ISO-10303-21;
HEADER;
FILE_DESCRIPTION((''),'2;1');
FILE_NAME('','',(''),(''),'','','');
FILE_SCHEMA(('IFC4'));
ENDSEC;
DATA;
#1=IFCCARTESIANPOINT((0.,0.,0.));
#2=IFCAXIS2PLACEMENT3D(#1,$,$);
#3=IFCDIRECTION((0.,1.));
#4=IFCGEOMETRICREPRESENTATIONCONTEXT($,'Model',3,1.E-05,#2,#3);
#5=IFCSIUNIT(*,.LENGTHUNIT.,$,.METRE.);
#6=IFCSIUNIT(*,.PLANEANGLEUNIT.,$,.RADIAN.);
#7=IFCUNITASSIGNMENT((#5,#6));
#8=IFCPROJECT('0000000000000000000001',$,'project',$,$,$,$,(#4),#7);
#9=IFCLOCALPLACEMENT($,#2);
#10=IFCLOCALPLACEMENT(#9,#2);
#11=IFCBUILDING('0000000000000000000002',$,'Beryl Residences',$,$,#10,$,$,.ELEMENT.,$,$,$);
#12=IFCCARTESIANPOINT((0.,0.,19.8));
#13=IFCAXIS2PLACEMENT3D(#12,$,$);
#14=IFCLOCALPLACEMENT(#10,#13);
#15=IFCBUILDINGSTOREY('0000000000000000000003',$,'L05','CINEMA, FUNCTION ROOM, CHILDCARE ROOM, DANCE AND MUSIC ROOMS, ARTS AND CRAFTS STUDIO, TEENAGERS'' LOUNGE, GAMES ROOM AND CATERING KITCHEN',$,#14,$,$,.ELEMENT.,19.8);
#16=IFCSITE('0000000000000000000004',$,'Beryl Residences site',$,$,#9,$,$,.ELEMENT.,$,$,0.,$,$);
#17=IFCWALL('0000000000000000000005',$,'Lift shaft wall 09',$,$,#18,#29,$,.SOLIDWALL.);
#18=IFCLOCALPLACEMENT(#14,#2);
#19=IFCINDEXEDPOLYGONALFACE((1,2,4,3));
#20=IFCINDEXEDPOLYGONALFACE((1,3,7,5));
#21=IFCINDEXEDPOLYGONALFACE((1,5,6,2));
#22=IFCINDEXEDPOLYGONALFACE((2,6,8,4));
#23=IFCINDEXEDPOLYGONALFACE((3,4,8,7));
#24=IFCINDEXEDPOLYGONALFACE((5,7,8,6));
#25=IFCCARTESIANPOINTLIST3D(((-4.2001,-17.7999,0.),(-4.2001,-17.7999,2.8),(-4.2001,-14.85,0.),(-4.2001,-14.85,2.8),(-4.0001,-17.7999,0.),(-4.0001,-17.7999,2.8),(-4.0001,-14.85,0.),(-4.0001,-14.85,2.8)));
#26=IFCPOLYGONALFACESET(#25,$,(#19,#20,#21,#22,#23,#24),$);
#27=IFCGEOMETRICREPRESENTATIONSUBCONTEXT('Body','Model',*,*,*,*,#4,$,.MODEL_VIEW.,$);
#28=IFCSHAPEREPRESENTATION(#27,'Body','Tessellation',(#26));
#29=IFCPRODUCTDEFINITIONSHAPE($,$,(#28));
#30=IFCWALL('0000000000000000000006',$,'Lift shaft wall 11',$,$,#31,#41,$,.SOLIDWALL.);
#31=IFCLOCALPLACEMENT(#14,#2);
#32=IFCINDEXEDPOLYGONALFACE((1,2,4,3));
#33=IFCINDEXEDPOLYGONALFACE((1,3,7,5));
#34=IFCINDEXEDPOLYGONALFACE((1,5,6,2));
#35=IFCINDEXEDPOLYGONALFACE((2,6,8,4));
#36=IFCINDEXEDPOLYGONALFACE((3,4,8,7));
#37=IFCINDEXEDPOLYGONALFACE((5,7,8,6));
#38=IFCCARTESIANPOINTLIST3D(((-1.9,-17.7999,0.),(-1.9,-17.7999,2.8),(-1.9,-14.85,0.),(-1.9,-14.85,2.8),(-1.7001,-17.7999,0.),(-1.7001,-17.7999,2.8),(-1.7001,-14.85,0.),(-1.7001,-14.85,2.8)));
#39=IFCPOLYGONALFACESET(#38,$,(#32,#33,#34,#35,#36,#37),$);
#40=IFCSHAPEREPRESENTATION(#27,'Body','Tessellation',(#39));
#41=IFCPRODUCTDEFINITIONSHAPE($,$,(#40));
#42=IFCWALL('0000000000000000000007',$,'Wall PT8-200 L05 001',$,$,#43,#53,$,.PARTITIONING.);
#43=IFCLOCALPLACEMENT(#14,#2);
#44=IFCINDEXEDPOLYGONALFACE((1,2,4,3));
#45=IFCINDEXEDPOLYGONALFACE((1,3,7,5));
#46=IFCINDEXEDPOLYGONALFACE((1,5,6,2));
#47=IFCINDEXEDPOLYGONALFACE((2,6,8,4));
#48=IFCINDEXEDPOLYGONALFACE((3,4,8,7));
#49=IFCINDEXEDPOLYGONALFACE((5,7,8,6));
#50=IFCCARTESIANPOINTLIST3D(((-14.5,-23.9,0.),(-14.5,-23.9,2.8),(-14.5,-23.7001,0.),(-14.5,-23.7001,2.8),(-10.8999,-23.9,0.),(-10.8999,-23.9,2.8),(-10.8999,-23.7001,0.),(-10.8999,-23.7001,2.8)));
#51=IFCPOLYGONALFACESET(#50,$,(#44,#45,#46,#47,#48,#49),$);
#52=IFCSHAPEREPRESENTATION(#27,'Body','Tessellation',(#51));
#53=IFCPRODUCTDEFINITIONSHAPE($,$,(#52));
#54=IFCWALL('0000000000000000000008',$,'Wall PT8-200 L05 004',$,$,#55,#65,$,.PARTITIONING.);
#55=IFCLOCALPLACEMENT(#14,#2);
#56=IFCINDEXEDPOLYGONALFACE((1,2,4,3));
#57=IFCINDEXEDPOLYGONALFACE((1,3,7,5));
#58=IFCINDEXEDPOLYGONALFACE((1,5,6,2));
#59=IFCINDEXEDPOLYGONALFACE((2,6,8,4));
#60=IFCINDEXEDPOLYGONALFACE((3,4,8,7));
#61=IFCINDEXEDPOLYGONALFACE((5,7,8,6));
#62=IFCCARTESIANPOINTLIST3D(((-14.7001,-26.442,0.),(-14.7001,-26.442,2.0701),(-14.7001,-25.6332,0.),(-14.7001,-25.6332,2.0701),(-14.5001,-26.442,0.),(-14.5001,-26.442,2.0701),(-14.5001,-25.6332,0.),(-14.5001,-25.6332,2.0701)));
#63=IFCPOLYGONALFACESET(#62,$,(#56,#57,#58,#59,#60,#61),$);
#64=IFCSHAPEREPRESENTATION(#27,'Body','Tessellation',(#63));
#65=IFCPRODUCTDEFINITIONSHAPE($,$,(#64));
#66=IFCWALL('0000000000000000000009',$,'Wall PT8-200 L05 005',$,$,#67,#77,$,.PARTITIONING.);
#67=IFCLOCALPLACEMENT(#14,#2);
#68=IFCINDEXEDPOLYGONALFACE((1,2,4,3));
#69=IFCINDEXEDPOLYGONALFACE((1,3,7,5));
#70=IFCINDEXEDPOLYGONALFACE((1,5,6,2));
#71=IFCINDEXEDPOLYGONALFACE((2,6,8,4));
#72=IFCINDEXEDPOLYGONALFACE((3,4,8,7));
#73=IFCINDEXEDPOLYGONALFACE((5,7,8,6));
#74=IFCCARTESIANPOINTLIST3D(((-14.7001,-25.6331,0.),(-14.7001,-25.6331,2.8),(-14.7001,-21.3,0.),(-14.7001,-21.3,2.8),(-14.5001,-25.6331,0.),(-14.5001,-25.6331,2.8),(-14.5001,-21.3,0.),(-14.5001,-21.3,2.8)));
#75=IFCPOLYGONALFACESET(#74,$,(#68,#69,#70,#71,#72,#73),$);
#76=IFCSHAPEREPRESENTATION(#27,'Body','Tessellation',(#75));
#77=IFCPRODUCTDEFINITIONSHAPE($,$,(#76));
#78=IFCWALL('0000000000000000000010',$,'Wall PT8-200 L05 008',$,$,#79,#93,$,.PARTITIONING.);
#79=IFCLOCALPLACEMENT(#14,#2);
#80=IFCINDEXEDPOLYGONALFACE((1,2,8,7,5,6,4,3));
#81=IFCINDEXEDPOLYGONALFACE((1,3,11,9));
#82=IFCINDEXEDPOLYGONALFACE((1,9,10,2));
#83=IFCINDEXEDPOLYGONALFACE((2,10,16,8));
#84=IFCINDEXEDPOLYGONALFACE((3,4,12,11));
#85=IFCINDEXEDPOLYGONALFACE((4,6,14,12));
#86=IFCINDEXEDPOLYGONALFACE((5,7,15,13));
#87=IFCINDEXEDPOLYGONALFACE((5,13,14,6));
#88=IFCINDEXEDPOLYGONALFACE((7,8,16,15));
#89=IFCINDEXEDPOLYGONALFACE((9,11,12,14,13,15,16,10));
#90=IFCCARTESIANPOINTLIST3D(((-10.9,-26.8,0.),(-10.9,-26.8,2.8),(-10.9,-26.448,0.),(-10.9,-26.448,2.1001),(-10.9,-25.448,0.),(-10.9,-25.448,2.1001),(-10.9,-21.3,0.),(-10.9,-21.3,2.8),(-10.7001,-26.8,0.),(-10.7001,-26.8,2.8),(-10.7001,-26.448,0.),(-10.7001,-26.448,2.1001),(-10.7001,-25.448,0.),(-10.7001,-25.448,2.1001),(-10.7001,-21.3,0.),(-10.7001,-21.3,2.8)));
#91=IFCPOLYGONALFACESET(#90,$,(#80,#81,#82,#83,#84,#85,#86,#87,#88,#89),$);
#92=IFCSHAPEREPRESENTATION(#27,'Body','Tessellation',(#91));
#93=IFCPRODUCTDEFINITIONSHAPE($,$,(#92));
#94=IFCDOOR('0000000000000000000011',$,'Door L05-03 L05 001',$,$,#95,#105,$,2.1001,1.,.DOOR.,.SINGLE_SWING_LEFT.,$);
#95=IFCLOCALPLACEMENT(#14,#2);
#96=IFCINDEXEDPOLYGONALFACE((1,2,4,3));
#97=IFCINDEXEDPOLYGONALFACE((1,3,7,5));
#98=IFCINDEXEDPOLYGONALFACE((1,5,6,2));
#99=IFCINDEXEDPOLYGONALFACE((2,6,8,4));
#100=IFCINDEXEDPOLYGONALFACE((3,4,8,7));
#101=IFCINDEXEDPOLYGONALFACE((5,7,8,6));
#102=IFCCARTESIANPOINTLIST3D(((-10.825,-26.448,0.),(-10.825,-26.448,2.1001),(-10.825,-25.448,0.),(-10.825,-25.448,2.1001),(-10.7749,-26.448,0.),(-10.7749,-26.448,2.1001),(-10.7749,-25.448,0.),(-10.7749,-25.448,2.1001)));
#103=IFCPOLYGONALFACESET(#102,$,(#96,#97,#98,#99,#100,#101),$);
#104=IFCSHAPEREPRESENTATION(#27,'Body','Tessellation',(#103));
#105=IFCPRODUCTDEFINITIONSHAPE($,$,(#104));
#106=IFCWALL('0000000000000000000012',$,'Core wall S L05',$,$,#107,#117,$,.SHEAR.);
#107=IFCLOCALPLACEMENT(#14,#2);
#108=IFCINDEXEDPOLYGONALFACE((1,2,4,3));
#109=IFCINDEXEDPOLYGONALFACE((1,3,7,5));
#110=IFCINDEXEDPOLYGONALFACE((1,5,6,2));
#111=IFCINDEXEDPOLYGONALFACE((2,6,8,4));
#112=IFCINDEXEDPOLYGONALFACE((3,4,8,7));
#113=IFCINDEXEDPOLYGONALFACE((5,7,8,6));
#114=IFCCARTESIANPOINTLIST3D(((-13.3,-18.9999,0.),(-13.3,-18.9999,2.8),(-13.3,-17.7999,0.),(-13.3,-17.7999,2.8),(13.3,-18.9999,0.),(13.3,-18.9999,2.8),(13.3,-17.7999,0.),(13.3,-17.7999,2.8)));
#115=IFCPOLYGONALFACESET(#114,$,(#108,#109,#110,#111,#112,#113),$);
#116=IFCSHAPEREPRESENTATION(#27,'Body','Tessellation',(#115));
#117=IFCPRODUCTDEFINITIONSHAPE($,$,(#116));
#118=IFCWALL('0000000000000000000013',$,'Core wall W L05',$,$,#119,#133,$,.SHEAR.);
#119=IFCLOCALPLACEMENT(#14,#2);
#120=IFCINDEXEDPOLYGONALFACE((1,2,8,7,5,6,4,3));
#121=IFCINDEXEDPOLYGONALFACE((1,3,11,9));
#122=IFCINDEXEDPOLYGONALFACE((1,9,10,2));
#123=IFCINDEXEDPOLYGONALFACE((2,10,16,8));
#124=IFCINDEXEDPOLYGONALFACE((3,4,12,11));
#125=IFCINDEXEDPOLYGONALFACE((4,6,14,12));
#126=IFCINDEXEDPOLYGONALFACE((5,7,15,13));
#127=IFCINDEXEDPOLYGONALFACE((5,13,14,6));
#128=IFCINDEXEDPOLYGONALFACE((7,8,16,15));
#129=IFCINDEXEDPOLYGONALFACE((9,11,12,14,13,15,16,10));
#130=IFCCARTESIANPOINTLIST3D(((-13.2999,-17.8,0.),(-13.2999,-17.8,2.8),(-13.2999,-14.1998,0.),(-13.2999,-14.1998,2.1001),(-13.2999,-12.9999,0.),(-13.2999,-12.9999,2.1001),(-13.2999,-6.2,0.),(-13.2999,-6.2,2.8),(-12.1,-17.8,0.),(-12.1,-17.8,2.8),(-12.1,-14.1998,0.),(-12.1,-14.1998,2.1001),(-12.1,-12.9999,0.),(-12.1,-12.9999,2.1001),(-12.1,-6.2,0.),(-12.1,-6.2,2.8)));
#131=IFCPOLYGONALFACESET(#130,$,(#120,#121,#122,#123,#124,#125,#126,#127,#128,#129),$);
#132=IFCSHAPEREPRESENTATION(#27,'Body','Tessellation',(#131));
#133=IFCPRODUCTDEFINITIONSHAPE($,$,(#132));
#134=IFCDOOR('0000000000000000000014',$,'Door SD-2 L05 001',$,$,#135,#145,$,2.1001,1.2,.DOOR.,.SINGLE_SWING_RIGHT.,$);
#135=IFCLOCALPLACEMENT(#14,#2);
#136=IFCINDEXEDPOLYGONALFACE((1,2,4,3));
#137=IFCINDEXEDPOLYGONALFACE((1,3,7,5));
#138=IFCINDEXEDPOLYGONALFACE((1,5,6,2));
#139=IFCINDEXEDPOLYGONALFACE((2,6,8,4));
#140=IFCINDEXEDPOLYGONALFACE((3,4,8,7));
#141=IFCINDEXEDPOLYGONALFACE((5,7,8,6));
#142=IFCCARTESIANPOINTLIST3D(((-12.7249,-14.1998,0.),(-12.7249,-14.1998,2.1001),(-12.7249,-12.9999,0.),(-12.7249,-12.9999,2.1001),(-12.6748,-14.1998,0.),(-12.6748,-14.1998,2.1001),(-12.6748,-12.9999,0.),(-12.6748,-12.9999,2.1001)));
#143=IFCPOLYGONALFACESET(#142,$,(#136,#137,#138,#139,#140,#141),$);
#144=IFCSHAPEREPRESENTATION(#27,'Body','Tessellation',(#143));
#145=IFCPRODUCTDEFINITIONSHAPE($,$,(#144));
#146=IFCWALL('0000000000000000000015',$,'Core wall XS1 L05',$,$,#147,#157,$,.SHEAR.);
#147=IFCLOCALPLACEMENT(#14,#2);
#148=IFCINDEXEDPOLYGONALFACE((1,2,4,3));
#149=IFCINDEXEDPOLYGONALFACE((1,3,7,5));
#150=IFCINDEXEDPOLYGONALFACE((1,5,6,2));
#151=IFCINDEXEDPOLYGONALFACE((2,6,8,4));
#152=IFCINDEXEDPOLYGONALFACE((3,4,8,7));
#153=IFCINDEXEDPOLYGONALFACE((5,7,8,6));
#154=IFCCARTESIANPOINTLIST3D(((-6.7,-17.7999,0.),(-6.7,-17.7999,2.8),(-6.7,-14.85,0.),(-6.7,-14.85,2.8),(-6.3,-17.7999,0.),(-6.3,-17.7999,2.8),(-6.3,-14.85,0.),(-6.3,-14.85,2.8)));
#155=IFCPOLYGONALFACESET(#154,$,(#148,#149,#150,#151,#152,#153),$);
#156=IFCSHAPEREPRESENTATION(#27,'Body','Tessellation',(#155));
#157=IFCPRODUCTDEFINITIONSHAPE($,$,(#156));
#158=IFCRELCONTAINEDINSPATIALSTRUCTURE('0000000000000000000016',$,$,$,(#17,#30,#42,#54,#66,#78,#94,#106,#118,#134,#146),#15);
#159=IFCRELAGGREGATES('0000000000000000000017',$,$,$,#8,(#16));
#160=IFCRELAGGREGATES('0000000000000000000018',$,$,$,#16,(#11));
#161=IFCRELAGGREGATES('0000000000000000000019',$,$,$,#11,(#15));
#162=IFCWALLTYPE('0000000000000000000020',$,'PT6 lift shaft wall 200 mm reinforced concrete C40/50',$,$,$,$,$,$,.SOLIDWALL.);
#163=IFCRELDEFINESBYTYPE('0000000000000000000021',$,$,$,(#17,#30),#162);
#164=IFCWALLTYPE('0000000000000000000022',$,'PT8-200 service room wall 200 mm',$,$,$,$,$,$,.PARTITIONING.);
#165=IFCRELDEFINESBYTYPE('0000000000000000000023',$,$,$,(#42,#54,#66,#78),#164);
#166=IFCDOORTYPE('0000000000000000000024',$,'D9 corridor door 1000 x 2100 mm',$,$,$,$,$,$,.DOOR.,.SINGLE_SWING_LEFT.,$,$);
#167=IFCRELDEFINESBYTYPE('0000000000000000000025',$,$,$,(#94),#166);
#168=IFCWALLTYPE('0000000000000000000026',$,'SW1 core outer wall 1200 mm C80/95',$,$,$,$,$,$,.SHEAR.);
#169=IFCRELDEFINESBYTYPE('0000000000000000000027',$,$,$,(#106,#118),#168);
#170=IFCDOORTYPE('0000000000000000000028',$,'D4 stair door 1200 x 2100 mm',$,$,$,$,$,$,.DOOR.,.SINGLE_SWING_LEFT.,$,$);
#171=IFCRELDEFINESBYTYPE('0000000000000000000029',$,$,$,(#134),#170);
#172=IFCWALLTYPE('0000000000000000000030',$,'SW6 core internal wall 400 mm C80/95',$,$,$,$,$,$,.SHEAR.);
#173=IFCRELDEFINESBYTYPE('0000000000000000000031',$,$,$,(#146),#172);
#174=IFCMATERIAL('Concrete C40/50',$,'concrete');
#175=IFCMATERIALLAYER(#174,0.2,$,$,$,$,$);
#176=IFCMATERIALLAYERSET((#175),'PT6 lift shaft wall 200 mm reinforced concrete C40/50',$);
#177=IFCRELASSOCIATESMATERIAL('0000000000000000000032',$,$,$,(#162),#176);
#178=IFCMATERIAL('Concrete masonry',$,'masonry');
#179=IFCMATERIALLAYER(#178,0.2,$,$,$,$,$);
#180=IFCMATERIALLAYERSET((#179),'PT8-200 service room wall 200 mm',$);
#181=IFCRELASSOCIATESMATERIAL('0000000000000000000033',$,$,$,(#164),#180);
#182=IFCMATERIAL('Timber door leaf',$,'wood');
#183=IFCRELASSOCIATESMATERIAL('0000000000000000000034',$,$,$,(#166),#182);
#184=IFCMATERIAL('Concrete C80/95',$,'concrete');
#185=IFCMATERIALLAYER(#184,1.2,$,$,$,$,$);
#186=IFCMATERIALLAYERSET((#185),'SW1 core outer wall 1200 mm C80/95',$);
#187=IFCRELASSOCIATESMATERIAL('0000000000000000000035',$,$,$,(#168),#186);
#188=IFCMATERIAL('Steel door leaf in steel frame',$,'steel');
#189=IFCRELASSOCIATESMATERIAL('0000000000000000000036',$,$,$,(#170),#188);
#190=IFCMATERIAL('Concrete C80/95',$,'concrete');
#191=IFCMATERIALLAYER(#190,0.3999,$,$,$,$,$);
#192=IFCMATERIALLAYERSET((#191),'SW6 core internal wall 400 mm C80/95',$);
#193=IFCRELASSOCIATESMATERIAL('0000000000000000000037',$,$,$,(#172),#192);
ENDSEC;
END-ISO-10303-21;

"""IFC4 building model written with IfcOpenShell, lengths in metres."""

from ifc_helpers import new_model, si_unit, direction, frame, frame_2d, origin, place, context, subcontext, project, spatial, rectangle, extrude, material, layer, layer_set, type_object, element, fill, save


model = new_model("IFC4")

# Units and contexts
model_context = context("Model", 3, precision=1e-05, world=origin(), true_north=direction((0.0, 1.0)))
body_context = subcontext(model_context, "Body", "Model", "MODEL_VIEW")
ifc_project = project(units=[si_unit("LENGTHUNIT", "METRE"), si_unit("PLANEANGLEUNIT", "RADIAN")], contexts=[model_context])

# Site, building, storey
site_placement = place(None, origin())
site = spatial("IfcSite", under=ifc_project, at=site_placement, Name="Beryl Residences site", CompositionType="ELEMENT", RefElevation=0.0)
building_placement = place(site_placement, origin())
building = spatial("IfcBuilding", under=site, at=building_placement, Name="Beryl Residences", CompositionType="ELEMENT")
storey_placement = place(building_placement, frame((0.0, 0.0, 19.8)))
storey = spatial("IfcBuildingStorey", under=building, at=storey_placement, Name="L05", Description="CINEMA, FUNCTION ROOM, CHILDCARE ROOM, DANCE AND MUSIC ROOMS, ARTS AND CRAFTS STUDIO, TEENAGERS' LOUNGE, GAMES ROOM AND CATERING KITCHEN", CompositionType="ELEMENT", Elevation=19.8)

# Walls
ifc_material_1 = material(Name="Concrete C40/50", Category="concrete")
ifc_layer_1 = layer(ifc_material_1, 0.2)
ifc_layer_set_1 = layer_set([ifc_layer_1], Name="PT6 lift shaft wall 200 mm reinforced concrete C40/50")
wall_type_1 = type_object("IfcWallType", Name="PT6 lift shaft wall 200 mm reinforced concrete C40/50", PredefinedType="SOLIDWALL", material=ifc_layer_set_1)
for number, where, z_axis, x_axis, name in (
    (1, (-4.1001, -17.8, 0.0), (0.0, 0.0, 1.0), (0.0, 1.0, 0.0), "Lift shaft wall 09"),
    (2, (-1.8, -17.8, 0.0), (0.0, 0.0, 1.0), (0.0, 1.0, 0.0), "Lift shaft wall 11"),
):
    element("IfcWall", number, at=place(storey_placement, frame(where, z_axis=z_axis, x_axis=x_axis)), inside=storey, type_object=wall_type_1, Name=name, PredefinedType="SOLIDWALL", context=body_context, shape_type="SweptSolid", body=[
        extrude(rectangle(XDim=2.95, YDim=0.2, at=frame_2d((1.4751, 0.0))), origin(), (0.0, 0.0, 1.0), 2.8),
    ])
ifc_material_2 = material(Name="Concrete masonry", Category="masonry")
ifc_layer_2 = layer(ifc_material_2, 0.2)
ifc_layer_set_2 = layer_set([ifc_layer_2], Name="PT8-200 service room wall 200 mm")
wall_type_2 = type_object("IfcWallType", Name="PT8-200 service room wall 200 mm", PredefinedType="PARTITIONING", material=ifc_layer_set_2)
wall_1_placement = place(storey_placement, frame((-14.5, -23.8, 0.0), z_axis=(0.0, 0.0, 1.0), x_axis=(1.0, 0.0, 0.0)))
element("IfcWall", 3, at=wall_1_placement, inside=storey, type_object=wall_type_2, Name="Wall PT8-200 L05 001", PredefinedType="PARTITIONING", context=body_context, shape_type="SweptSolid", body=[
    extrude(rectangle(XDim=3.6001, YDim=0.2, at=frame_2d((1.8, 0.0))), origin(), (0.0, 0.0, 1.0), 2.8),
])
wall_2_placement = place(storey_placement, frame((-14.6001, -26.4419, 0.0), z_axis=(0.0, 0.0, 1.0), x_axis=(0.0, 1.0, 0.0)))
element("IfcWall", 4, at=wall_2_placement, inside=storey, type_object=wall_type_2, Name="Wall PT8-200 L05 004", PredefinedType="PARTITIONING", context=body_context, shape_type="SweptSolid", body=[
    extrude(rectangle(XDim=0.8088, YDim=0.2, at=frame_2d((0.4043, 0.0))), origin(), (0.0, 0.0, 1.0), 2.0701),
])
wall_3_placement = place(storey_placement, frame((-14.6001, -25.6331, 0.0), z_axis=(0.0, 0.0, 1.0), x_axis=(0.0, 1.0, 0.0)))
element("IfcWall", 5, at=wall_3_placement, inside=storey, type_object=wall_type_2, Name="Wall PT8-200 L05 005", PredefinedType="PARTITIONING", context=body_context, shape_type="SweptSolid", body=[
    extrude(rectangle(XDim=4.333, YDim=0.2, at=frame_2d((2.1665, 0.0))), origin(), (0.0, 0.0, 1.0), 2.8),
])

# Wall, opening, door
wall_4_placement = place(storey_placement, frame((-10.8, -26.8, 0.0), z_axis=(0.0, 0.0, 1.0), x_axis=(0.0, 1.0, 0.0)))
wall_4 = element("IfcWall", 6, at=wall_4_placement, inside=storey, type_object=wall_type_2, Name="Wall PT8-200 L05 008", PredefinedType="PARTITIONING", context=body_context, shape_type="SweptSolid", body=[
    extrude(rectangle(XDim=5.5, YDim=0.2, at=frame_2d((2.75, 0.0))), origin(), (0.0, 0.0, 1.0), 2.8),
])
opening_1_placement = place(wall_4_placement, frame((0.3521, 0.0, 0.0)))
opening_1 = element("IfcOpeningElement", 7, at=opening_1_placement, cuts=wall_4, PredefinedType="OPENING", context=body_context, shape_type="SweptSolid", body=[
    extrude(rectangle(XDim=1.0, YDim=2.1001, at=frame_2d((0.5, 1.05))), frame((0.0, 0.1099, 0.0), z_axis=(0.0, -1.0, 0.0), x_axis=(1.0, 0.0, 0.0)), (0.0, 0.0, 1.0), 0.22),
])
ifc_material_3 = material(Name="Timber door leaf", Category="wood")
door_type_1 = type_object("IfcDoorType", Name="D9 corridor door 1000 x 2100 mm", OperationType="SINGLE_SWING_LEFT", PredefinedType="DOOR", material=ifc_material_3)
door_1_placement = place(opening_1_placement, origin())
door_1 = element("IfcDoor", 8, at=door_1_placement, inside=storey, type_object=door_type_1, Name="Door L05-03 L05 001", OperationType="SINGLE_SWING_LEFT", OverallHeight=2.1001, OverallWidth=1.0, PredefinedType="DOOR", context=body_context, shape_type="SweptSolid", body=[
    extrude(rectangle(XDim=1.0, YDim=2.1001, at=frame_2d((0.5, 1.05))), frame((0.0, 0.0249, 0.0), z_axis=(0.0, -1.0, 0.0), x_axis=(1.0, 0.0, 0.0)), (0.0, 0.0, 1.0), 0.05),
])
fill(opening_1, door_1)

# Wall
ifc_material_4 = material(Name="Concrete C80/95", Category="concrete")
ifc_layer_3 = layer(ifc_material_4, 1.2)
ifc_layer_set_3 = layer_set([ifc_layer_3], Name="SW1 core outer wall 1200 mm C80/95")
wall_type_3 = type_object("IfcWallType", Name="SW1 core outer wall 1200 mm C80/95", PredefinedType="SHEAR", material=ifc_layer_set_3)
wall_5_placement = place(storey_placement, frame((-13.3, -18.3999, 0.0), z_axis=(0.0, 0.0, 1.0), x_axis=(1.0, 0.0, 0.0)))
element("IfcWall", 9, at=wall_5_placement, inside=storey, type_object=wall_type_3, Name="Core wall S L05", PredefinedType="SHEAR", context=body_context, shape_type="SweptSolid", body=[
    extrude(rectangle(XDim=26.6001, YDim=1.2, at=frame_2d((13.3, 0.0))), origin(), (0.0, 0.0, 1.0), 2.8),
])

# Wall, opening, door
wall_6_placement = place(storey_placement, frame((-12.7, -17.8, 0.0), z_axis=(0.0, 0.0, 1.0), x_axis=(0.0, 1.0, 0.0)))
wall_6 = element("IfcWall", 10, at=wall_6_placement, inside=storey, type_object=wall_type_3, Name="Core wall W L05", PredefinedType="SHEAR", context=body_context, shape_type="SweptSolid", body=[
    extrude(rectangle(XDim=11.6001, YDim=1.2, at=frame_2d((5.8, 0.0))), origin(), (0.0, 0.0, 1.0), 2.8),
])
opening_2_placement = place(wall_6_placement, frame((3.6001, 0.0, 0.0)))
opening_2 = element("IfcOpeningElement", 11, at=opening_2_placement, cuts=wall_6, PredefinedType="OPENING", context=body_context, shape_type="SweptSolid", body=[
    extrude(rectangle(XDim=1.2, YDim=2.1001, at=frame_2d((0.6001, 1.05))), frame((0.0, 0.6099, 0.0), z_axis=(0.0, -1.0, 0.0), x_axis=(1.0, 0.0, 0.0)), (0.0, 0.0, 1.0), 1.22),
])
ifc_material_5 = material(Name="Steel door leaf in steel frame", Category="steel")
door_type_2 = type_object("IfcDoorType", Name="D4 stair door 1200 x 2100 mm", OperationType="SINGLE_SWING_LEFT", PredefinedType="DOOR", material=ifc_material_5)
door_2_placement = place(opening_2_placement, origin())
door_2 = element("IfcDoor", 12, at=door_2_placement, inside=storey, type_object=door_type_2, Name="Door SD-2 L05 001", OperationType="SINGLE_SWING_RIGHT", OverallHeight=2.1001, OverallWidth=1.2, PredefinedType="DOOR", context=body_context, shape_type="SweptSolid", body=[
    extrude(rectangle(XDim=1.2, YDim=2.1001, at=frame_2d((0.6001, 1.05))), frame((0.0, 0.0249, 0.0), z_axis=(0.0, -1.0, 0.0), x_axis=(1.0, 0.0, 0.0)), (0.0, 0.0, 1.0), 0.05),
])
fill(opening_2, door_2)

# Wall
ifc_material_6 = material(Name="Concrete C80/95", Category="concrete")
ifc_layer_4 = layer(ifc_material_6, 0.3999)
ifc_layer_set_4 = layer_set([ifc_layer_4], Name="SW6 core internal wall 400 mm C80/95")
wall_type_4 = type_object("IfcWallType", Name="SW6 core internal wall 400 mm C80/95", PredefinedType="SHEAR", material=ifc_layer_set_4)
wall_7_placement = place(storey_placement, frame((-6.5, -17.8, 0.0), z_axis=(0.0, 0.0, 1.0), x_axis=(0.0, 1.0, 0.0)))
element("IfcWall", 13, at=wall_7_placement, inside=storey, type_object=wall_type_4, Name="Core wall XS1 L05", PredefinedType="SHEAR", context=body_context, shape_type="SweptSolid", body=[
    extrude(rectangle(XDim=2.95, YDim=0.3999, at=frame_2d((1.4751, 0.0))), origin(), (0.0, 0.0, 1.0), 2.8),
])

save(model, "model.ifc")
